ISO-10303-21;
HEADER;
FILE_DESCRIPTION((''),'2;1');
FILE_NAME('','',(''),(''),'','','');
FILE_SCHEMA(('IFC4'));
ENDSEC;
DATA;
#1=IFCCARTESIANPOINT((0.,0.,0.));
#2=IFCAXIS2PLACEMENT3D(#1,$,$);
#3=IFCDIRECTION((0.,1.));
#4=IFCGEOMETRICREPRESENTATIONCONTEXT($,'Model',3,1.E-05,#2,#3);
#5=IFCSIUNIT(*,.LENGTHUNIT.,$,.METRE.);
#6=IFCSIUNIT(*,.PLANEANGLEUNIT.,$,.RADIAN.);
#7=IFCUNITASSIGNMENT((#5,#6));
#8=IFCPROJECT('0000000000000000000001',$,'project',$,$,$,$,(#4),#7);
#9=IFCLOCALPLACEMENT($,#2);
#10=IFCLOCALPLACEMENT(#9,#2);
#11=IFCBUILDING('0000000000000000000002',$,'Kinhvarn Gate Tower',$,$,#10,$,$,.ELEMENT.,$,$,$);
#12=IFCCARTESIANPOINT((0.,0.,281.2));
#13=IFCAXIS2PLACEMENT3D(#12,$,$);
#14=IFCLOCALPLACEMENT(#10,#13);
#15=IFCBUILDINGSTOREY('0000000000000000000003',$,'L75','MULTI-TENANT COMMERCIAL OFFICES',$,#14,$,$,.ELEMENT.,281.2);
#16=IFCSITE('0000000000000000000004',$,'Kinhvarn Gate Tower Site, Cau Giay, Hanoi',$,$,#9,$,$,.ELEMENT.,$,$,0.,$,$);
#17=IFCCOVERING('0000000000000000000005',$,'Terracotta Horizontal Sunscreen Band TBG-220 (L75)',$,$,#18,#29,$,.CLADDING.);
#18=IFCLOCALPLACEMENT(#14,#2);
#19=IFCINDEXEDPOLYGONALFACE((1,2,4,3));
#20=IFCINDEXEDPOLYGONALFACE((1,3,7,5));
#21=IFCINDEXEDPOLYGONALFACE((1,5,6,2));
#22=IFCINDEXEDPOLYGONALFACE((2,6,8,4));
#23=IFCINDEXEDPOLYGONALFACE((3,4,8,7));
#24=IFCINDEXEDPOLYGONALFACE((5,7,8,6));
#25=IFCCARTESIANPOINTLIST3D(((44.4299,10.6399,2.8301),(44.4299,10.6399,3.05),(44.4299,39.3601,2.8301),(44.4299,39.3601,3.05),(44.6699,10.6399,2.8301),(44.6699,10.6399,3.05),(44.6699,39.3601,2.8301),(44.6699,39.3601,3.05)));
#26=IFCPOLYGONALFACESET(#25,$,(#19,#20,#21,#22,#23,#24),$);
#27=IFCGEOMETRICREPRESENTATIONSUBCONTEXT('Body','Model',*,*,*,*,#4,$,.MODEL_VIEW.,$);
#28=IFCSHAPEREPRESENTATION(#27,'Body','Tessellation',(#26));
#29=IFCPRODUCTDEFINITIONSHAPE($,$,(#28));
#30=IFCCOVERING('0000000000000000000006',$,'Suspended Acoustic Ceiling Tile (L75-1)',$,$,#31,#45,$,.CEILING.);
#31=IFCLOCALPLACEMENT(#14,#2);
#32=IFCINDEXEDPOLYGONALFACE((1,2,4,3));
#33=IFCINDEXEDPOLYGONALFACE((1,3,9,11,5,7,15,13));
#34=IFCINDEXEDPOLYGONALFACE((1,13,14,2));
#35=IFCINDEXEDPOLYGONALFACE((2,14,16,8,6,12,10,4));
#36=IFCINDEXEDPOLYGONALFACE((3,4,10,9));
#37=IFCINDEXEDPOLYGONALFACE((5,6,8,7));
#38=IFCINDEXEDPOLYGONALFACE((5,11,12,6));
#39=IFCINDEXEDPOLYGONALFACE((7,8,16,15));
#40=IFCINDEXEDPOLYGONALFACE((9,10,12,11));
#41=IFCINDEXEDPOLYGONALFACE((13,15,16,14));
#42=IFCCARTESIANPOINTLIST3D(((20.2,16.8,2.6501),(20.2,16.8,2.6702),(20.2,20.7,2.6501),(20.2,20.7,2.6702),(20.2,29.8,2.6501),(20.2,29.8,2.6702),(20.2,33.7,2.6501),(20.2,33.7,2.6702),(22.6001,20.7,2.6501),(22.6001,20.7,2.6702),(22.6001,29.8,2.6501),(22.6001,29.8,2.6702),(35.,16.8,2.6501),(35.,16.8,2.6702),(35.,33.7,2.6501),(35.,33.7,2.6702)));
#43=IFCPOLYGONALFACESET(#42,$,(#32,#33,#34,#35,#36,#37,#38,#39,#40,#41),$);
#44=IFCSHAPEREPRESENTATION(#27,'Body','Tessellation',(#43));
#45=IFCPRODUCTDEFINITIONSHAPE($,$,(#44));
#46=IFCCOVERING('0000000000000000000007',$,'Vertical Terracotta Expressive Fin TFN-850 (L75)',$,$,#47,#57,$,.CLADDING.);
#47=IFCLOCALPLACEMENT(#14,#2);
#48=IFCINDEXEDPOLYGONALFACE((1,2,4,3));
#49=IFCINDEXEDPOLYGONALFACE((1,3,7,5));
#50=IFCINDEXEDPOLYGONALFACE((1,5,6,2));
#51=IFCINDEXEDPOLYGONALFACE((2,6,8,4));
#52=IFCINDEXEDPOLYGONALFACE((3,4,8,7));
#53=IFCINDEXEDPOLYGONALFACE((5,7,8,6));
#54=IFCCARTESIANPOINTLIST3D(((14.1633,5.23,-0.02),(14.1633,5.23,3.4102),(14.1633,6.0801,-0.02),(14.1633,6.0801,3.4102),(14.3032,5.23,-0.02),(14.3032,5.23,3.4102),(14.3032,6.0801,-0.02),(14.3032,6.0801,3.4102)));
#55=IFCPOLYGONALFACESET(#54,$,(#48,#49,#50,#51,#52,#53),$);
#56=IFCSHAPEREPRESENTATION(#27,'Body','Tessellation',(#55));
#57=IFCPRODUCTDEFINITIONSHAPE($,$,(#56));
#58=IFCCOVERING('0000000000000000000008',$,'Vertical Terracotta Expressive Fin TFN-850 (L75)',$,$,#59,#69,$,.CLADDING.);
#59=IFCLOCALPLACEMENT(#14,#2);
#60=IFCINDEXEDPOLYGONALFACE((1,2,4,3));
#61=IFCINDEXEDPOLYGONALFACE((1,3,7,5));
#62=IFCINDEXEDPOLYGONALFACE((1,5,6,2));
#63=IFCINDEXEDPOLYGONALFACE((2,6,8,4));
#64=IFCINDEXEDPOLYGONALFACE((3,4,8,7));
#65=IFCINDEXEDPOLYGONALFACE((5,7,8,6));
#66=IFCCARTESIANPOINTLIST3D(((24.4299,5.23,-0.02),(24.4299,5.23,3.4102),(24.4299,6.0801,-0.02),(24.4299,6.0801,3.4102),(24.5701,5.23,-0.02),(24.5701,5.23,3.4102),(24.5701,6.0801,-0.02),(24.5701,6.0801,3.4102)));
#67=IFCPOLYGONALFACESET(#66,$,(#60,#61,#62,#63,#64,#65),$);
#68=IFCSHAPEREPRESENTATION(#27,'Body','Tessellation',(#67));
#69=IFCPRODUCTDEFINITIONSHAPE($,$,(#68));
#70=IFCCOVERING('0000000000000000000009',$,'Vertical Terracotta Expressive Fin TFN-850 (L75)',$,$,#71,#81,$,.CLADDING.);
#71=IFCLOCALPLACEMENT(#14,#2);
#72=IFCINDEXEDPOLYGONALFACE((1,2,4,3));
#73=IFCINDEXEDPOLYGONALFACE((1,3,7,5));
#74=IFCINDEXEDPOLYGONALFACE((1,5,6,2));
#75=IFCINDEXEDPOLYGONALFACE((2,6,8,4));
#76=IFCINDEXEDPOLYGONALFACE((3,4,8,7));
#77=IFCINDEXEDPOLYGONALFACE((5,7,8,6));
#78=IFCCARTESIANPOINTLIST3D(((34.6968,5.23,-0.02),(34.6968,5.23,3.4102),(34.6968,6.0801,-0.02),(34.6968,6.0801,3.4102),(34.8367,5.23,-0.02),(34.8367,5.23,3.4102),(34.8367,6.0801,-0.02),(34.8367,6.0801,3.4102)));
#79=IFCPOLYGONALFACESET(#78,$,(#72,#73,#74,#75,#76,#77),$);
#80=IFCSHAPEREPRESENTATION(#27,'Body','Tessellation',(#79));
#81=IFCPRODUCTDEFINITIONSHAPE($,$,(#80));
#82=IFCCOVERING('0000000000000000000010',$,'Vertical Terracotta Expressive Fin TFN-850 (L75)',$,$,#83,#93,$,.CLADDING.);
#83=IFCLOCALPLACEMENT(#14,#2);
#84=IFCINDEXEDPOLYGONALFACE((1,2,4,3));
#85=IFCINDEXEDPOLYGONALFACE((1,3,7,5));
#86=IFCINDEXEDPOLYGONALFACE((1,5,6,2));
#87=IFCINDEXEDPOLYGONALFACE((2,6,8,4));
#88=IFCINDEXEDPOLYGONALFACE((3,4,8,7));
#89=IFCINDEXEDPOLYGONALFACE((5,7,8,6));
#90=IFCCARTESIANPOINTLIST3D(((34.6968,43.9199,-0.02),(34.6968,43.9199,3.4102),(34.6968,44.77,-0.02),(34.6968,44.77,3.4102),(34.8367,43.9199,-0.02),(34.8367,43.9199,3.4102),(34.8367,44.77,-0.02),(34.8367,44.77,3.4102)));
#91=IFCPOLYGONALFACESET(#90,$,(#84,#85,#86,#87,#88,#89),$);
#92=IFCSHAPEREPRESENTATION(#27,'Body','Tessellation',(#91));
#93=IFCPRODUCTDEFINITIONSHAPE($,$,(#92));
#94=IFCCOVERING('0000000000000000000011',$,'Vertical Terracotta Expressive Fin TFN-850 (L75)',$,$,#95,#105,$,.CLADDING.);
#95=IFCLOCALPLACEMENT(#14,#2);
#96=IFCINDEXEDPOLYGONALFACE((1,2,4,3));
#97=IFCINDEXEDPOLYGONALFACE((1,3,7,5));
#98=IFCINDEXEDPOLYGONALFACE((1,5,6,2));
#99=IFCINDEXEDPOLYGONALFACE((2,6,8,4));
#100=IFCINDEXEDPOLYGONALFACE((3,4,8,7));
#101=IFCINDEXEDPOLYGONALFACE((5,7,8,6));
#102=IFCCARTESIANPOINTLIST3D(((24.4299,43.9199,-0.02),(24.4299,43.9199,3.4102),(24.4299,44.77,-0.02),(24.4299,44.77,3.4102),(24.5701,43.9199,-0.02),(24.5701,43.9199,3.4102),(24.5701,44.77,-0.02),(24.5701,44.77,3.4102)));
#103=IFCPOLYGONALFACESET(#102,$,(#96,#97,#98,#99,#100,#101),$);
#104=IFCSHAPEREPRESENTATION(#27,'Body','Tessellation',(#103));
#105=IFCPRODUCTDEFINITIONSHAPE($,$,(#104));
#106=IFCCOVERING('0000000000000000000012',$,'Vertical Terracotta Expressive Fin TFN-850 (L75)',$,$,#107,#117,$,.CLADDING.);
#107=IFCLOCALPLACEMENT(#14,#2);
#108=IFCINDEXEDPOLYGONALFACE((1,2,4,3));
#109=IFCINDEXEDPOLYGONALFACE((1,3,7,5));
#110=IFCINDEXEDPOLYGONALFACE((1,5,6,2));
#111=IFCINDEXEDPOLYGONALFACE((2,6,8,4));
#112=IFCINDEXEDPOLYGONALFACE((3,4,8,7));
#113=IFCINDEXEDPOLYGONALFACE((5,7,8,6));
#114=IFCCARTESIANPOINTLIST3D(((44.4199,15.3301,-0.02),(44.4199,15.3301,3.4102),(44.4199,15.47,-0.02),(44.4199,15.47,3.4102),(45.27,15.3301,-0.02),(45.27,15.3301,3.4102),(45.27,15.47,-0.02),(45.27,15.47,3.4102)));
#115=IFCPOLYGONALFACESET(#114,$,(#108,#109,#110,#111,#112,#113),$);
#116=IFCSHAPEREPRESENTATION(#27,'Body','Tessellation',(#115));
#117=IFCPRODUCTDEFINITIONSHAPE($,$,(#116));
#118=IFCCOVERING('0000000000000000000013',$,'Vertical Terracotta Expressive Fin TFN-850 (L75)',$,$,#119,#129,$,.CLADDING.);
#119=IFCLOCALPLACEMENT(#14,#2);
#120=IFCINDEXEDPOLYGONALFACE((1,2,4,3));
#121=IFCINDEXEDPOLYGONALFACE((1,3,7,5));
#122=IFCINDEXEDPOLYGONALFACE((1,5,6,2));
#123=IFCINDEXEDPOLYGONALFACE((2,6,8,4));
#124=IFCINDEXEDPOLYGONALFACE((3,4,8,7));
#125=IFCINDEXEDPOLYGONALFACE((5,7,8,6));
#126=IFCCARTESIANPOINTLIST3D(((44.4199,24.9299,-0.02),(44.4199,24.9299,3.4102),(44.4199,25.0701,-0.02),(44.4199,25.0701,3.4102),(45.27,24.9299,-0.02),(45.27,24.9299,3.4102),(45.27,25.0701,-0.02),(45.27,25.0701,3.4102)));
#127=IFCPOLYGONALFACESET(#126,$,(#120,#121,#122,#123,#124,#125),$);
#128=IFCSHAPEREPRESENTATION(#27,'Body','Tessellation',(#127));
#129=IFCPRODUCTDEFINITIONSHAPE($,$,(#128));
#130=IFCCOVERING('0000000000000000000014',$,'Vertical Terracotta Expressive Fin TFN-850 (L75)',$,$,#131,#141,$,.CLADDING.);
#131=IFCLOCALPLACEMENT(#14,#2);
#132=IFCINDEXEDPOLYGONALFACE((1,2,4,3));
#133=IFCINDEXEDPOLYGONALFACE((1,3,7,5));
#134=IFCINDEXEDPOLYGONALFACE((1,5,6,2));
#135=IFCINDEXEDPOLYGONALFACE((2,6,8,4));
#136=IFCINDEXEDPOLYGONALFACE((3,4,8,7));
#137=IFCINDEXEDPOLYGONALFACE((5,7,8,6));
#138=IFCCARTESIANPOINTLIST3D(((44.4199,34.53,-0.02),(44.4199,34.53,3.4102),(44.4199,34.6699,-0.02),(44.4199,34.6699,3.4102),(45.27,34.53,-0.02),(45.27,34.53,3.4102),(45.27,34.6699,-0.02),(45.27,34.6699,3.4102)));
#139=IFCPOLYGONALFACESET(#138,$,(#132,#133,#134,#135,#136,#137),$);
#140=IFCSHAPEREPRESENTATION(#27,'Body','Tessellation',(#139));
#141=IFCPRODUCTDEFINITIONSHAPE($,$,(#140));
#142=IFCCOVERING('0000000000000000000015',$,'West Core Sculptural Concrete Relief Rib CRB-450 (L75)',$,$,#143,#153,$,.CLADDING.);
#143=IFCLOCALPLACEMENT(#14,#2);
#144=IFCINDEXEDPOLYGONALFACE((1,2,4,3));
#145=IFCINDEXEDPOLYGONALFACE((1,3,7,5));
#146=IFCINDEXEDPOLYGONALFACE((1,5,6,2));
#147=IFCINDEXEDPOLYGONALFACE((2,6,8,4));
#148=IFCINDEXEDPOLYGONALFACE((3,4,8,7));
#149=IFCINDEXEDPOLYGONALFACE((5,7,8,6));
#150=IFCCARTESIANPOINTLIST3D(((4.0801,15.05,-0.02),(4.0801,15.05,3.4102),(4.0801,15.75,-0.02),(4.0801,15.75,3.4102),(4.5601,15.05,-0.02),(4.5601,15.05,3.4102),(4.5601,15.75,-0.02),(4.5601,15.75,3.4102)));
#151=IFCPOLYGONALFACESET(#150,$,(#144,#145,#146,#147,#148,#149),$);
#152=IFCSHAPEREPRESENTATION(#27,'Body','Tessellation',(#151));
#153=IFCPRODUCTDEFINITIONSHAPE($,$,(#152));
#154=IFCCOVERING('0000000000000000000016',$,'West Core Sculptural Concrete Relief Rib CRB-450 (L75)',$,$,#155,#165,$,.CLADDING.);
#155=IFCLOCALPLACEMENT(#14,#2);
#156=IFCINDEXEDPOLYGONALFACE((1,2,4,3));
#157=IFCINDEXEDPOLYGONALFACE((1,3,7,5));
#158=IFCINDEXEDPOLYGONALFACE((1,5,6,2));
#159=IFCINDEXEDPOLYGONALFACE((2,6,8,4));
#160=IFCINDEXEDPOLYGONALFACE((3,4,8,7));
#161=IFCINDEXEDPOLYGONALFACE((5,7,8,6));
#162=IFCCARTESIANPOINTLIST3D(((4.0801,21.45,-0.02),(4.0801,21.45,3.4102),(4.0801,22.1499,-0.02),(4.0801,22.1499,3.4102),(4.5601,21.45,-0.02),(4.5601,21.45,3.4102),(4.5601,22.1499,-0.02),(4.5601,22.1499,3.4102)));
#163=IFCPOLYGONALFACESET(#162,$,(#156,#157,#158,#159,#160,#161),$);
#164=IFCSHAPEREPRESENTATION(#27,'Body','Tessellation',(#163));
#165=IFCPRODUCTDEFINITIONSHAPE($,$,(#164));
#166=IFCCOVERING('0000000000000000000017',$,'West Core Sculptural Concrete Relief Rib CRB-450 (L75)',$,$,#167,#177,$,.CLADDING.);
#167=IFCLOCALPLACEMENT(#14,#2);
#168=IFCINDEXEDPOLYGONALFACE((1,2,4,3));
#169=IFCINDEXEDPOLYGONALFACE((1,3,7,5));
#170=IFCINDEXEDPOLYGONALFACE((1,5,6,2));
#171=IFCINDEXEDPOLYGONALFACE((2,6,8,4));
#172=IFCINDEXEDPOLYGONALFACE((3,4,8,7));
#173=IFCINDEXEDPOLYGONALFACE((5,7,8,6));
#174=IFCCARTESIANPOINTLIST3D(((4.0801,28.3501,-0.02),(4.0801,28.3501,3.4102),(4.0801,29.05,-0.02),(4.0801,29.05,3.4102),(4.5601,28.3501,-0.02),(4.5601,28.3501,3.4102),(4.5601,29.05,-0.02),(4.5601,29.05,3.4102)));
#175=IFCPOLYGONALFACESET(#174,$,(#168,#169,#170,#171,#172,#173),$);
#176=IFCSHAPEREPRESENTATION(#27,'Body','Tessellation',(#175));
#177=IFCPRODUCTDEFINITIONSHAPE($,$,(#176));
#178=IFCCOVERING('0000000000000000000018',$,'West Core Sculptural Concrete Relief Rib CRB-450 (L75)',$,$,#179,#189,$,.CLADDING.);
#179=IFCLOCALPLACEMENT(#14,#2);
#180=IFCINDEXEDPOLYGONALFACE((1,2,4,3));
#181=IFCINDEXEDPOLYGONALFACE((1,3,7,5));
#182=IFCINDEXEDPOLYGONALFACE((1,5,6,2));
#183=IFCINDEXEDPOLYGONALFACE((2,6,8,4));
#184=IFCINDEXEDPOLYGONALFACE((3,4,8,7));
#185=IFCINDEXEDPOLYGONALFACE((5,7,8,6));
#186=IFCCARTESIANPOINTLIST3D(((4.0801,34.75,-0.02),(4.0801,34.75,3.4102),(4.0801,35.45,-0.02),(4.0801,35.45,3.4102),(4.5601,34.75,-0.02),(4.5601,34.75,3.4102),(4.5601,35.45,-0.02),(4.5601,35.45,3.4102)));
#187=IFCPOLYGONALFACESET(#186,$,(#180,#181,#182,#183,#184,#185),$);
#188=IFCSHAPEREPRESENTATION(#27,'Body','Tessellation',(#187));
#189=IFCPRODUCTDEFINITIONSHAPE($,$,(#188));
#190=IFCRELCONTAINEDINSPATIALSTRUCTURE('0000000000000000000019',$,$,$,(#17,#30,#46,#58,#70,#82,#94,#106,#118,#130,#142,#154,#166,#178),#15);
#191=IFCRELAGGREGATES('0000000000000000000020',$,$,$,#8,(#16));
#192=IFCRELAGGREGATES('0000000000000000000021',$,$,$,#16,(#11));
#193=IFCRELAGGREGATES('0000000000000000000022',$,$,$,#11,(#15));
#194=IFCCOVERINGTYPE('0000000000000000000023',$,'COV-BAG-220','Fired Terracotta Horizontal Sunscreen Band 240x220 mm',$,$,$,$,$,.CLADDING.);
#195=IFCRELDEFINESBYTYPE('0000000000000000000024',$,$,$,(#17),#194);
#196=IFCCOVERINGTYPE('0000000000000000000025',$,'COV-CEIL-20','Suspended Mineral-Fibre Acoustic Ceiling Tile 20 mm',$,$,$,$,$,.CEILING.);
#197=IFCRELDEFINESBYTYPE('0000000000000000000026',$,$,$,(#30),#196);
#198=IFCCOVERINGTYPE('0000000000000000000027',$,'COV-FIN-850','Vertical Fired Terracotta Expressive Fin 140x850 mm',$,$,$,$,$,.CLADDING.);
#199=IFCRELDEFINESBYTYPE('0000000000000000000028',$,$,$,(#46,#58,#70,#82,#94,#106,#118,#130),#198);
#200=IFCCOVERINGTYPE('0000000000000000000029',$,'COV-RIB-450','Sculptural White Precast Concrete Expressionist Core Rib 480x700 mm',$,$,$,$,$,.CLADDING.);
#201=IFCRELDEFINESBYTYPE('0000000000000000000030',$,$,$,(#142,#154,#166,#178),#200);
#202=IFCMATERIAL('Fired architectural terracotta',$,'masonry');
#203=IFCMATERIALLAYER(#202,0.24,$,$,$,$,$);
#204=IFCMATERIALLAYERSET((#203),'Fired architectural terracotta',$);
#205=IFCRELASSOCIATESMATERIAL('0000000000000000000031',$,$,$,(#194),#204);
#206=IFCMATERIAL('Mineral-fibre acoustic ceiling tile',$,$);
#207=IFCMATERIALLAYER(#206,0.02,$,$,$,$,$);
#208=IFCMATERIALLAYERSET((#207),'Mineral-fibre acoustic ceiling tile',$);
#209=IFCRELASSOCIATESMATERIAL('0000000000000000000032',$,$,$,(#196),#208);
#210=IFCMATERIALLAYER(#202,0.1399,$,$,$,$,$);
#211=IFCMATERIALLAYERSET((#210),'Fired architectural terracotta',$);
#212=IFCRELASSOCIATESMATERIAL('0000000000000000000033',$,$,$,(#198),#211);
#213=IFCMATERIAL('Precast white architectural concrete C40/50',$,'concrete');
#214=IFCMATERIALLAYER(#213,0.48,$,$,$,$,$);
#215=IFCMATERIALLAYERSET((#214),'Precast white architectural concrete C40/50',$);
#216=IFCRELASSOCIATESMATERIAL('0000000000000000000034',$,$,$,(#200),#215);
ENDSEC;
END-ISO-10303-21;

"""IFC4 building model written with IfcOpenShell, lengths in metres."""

from ifc_helpers import new_model, si_unit, direction, frame, origin, place, context, subcontext, project, spatial, polyline, outline, extrude, material, layer, layer_set, type_object, element, save


model = new_model("IFC4")

# Units and contexts
model_context = context("Model", 3, precision=1e-05, world=origin(), true_north=direction((0.0, 1.0)))
body_context = subcontext(model_context, "Body", "Model", "MODEL_VIEW")
ifc_project = project(units=[si_unit("LENGTHUNIT", "METRE"), si_unit("PLANEANGLEUNIT", "RADIAN")], contexts=[model_context])

# Site, building, storey
site_placement = place(None, origin())
site = spatial("IfcSite", under=ifc_project, at=site_placement, Name="Kinhvarn Gate Tower Site, Cau Giay, Hanoi", CompositionType="ELEMENT", RefElevation=0.0)
building_placement = place(site_placement, origin())
building = spatial("IfcBuilding", under=site, at=building_placement, Name="Kinhvarn Gate Tower", CompositionType="ELEMENT")
storey_placement = place(building_placement, frame((0.0, 0.0, 281.2)))
storey = spatial("IfcBuildingStorey", under=building, at=storey_placement, Name="L75", Description="MULTI-TENANT COMMERCIAL OFFICES", CompositionType="ELEMENT", Elevation=281.2)

# Shared definitions
ifc_material_1 = material(Name="Precast white architectural concrete C40/50", Category="concrete")

# Coverings
ifc_material_2 = material(Name="Fired architectural terracotta", Category="masonry")
ifc_layer_1 = layer(ifc_material_2, 0.24)
ifc_layer_set_1 = layer_set([ifc_layer_1], Name="Fired architectural terracotta")
covering_type_1 = type_object("IfcCoveringType", Name="COV-BAG-220", Description="Fired Terracotta Horizontal Sunscreen Band 240x220 mm", PredefinedType="CLADDING", material=ifc_layer_set_1)
covering_1_placement = place(storey_placement, frame((0.0, 0.0, 2.8301)))
element("IfcCovering", 1, at=covering_1_placement, inside=storey, type_object=covering_type_1, Name="Terracotta Horizontal Sunscreen Band TBG-220 (L75)", PredefinedType="CLADDING", context=body_context, shape_type="SweptSolid", body=[
    extrude(outline(polyline([(44.4299, 10.6399), (44.4299, 39.3601), (44.6699, 39.3601), (44.6699, 10.6399), (44.4299, 10.6399)])), origin(), (0.0, 0.0, 1.0), 0.22),
])
ifc_material_3 = material(Name="Mineral-fibre acoustic ceiling tile")
ifc_layer_2 = layer(ifc_material_3, 0.02)
ifc_layer_set_2 = layer_set([ifc_layer_2], Name="Mineral-fibre acoustic ceiling tile")
covering_type_2 = type_object("IfcCoveringType", Name="COV-CEIL-20", Description="Suspended Mineral-Fibre Acoustic Ceiling Tile 20 mm", PredefinedType="CEILING", material=ifc_layer_set_2)
covering_2_placement = place(storey_placement, frame((0.0, 0.0, 2.6501)))
element("IfcCovering", 2, at=covering_2_placement, inside=storey, type_object=covering_type_2, Name="Suspended Acoustic Ceiling Tile (L75-1)", PredefinedType="CEILING", context=body_context, shape_type="SweptSolid", body=[
    extrude(outline(polyline([(35.0, 33.7), (35.0, 16.8), (20.2, 16.8), (20.2, 20.7), (22.6001, 20.7), (22.6001, 29.8), (20.2, 29.8), (20.2, 33.7), (35.0, 33.7)])), origin(), (0.0, 0.0, 1.0), 0.02),
])
ifc_layer_3 = layer(ifc_material_2, 0.1399)
ifc_layer_set_3 = layer_set([ifc_layer_3], Name="Fired architectural terracotta")
covering_type_3 = type_object("IfcCoveringType", Name="COV-FIN-850", Description="Vertical Fired Terracotta Expressive Fin 140x850 mm", PredefinedType="CLADDING", material=ifc_layer_set_3)
covering_3_placement = place(storey_placement, frame((0.0, 0.0, -0.02)))
element("IfcCovering", 3, at=covering_3_placement, inside=storey, type_object=covering_type_3, Name="Vertical Terracotta Expressive Fin TFN-850 (L75)", PredefinedType="CLADDING", context=body_context, shape_type="SweptSolid", body=[
    extrude(outline(polyline([(14.1633, 6.0801), (14.3032, 6.0801), (14.3032, 5.23), (14.1633, 5.23), (14.1633, 6.0801)])), origin(), (0.0, 0.0, 1.0), 3.4302),
])
covering_4_placement = place(storey_placement, frame((0.0, 0.0, -0.02)))
element("IfcCovering", 4, at=covering_4_placement, inside=storey, type_object=covering_type_3, Name="Vertical Terracotta Expressive Fin TFN-850 (L75)", PredefinedType="CLADDING", context=body_context, shape_type="SweptSolid", body=[
    extrude(outline(polyline([(24.4299, 6.0801), (24.5701, 6.0801), (24.5701, 5.23), (24.4299, 5.23), (24.4299, 6.0801)])), origin(), (0.0, 0.0, 1.0), 3.4302),
])
covering_5_placement = place(storey_placement, frame((0.0, 0.0, -0.02)))
element("IfcCovering", 5, at=covering_5_placement, inside=storey, type_object=covering_type_3, Name="Vertical Terracotta Expressive Fin TFN-850 (L75)", PredefinedType="CLADDING", context=body_context, shape_type="SweptSolid", body=[
    extrude(outline(polyline([(34.6968, 6.0801), (34.8367, 6.0801), (34.8367, 5.23), (34.6968, 5.23), (34.6968, 6.0801)])), origin(), (0.0, 0.0, 1.0), 3.4302),
])
covering_6_placement = place(storey_placement, frame((0.0, 0.0, -0.02)))
element("IfcCovering", 6, at=covering_6_placement, inside=storey, type_object=covering_type_3, Name="Vertical Terracotta Expressive Fin TFN-850 (L75)", PredefinedType="CLADDING", context=body_context, shape_type="SweptSolid", body=[
    extrude(outline(polyline([(34.8367, 43.9199), (34.6968, 43.9199), (34.6968, 44.77), (34.8367, 44.77), (34.8367, 43.9199)])), origin(), (0.0, 0.0, 1.0), 3.4302),
])
covering_7_placement = place(storey_placement, frame((0.0, 0.0, -0.02)))
element("IfcCovering", 7, at=covering_7_placement, inside=storey, type_object=covering_type_3, Name="Vertical Terracotta Expressive Fin TFN-850 (L75)", PredefinedType="CLADDING", context=body_context, shape_type="SweptSolid", body=[
    extrude(outline(polyline([(24.5701, 43.9199), (24.4299, 43.9199), (24.4299, 44.77), (24.5701, 44.77), (24.5701, 43.9199)])), origin(), (0.0, 0.0, 1.0), 3.4302),
])
covering_8_placement = place(storey_placement, frame((0.0, 0.0, -0.02)))
element("IfcCovering", 8, at=covering_8_placement, inside=storey, type_object=covering_type_3, Name="Vertical Terracotta Expressive Fin TFN-850 (L75)", PredefinedType="CLADDING", context=body_context, shape_type="SweptSolid", body=[
    extrude(outline(polyline([(44.4199, 15.3301), (44.4199, 15.47), (45.27, 15.47), (45.27, 15.3301), (44.4199, 15.3301)])), origin(), (0.0, 0.0, 1.0), 3.4302),
])
covering_9_placement = place(storey_placement, frame((0.0, 0.0, -0.02)))
element("IfcCovering", 9, at=covering_9_placement, inside=storey, type_object=covering_type_3, Name="Vertical Terracotta Expressive Fin TFN-850 (L75)", PredefinedType="CLADDING", context=body_context, shape_type="SweptSolid", body=[
    extrude(outline(polyline([(44.4199, 24.9299), (44.4199, 25.0701), (45.27, 25.0701), (45.27, 24.9299), (44.4199, 24.9299)])), origin(), (0.0, 0.0, 1.0), 3.4302),
])
covering_10_placement = place(storey_placement, frame((0.0, 0.0, -0.02)))
element("IfcCovering", 10, at=covering_10_placement, inside=storey, type_object=covering_type_3, Name="Vertical Terracotta Expressive Fin TFN-850 (L75)", PredefinedType="CLADDING", context=body_context, shape_type="SweptSolid", body=[
    extrude(outline(polyline([(44.4199, 34.53), (44.4199, 34.6699), (45.27, 34.6699), (45.27, 34.53), (44.4199, 34.53)])), origin(), (0.0, 0.0, 1.0), 3.4302),
])
ifc_layer_4 = layer(ifc_material_1, 0.48)
ifc_layer_set_4 = layer_set([ifc_layer_4], Name="Precast white architectural concrete C40/50")
covering_type_4 = type_object("IfcCoveringType", Name="COV-RIB-450", Description="Sculptural White Precast Concrete Expressionist Core Rib 480x700 mm", PredefinedType="CLADDING", material=ifc_layer_set_4)
covering_11_placement = place(storey_placement, frame((0.0, 0.0, -0.02)))
element("IfcCovering", 11, at=covering_11_placement, inside=storey, type_object=covering_type_4, Name="West Core Sculptural Concrete Relief Rib CRB-450 (L75)", PredefinedType="CLADDING", context=body_context, shape_type="SweptSolid", body=[
    extrude(outline(polyline([(4.0801, 15.05), (4.5601, 15.05), (4.5601, 15.75), (4.0801, 15.75), (4.0801, 15.05)])), origin(), (0.0, 0.0, 1.0), 3.4302),
])
covering_12_placement = place(storey_placement, frame((0.0, 0.0, -0.02)))
element("IfcCovering", 12, at=covering_12_placement, inside=storey, type_object=covering_type_4, Name="West Core Sculptural Concrete Relief Rib CRB-450 (L75)", PredefinedType="CLADDING", context=body_context, shape_type="SweptSolid", body=[
    extrude(outline(polyline([(4.0801, 21.45), (4.5601, 21.45), (4.5601, 22.1499), (4.0801, 22.1499), (4.0801, 21.45)])), origin(), (0.0, 0.0, 1.0), 3.4302),
])
covering_13_placement = place(storey_placement, frame((0.0, 0.0, -0.02)))
element("IfcCovering", 13, at=covering_13_placement, inside=storey, type_object=covering_type_4, Name="West Core Sculptural Concrete Relief Rib CRB-450 (L75)", PredefinedType="CLADDING", context=body_context, shape_type="SweptSolid", body=[
    extrude(outline(polyline([(4.0801, 28.3501), (4.5601, 28.3501), (4.5601, 29.05), (4.0801, 29.05), (4.0801, 28.3501)])), origin(), (0.0, 0.0, 1.0), 3.4302),
])
covering_14_placement = place(storey_placement, frame((0.0, 0.0, -0.02)))
element("IfcCovering", 14, at=covering_14_placement, inside=storey, type_object=covering_type_4, Name="West Core Sculptural Concrete Relief Rib CRB-450 (L75)", PredefinedType="CLADDING", context=body_context, shape_type="SweptSolid", body=[
    extrude(outline(polyline([(4.0801, 34.75), (4.5601, 34.75), (4.5601, 35.45), (4.0801, 35.45), (4.0801, 34.75)])), origin(), (0.0, 0.0, 1.0), 3.4302),
])

save(model, "model.ifc")
